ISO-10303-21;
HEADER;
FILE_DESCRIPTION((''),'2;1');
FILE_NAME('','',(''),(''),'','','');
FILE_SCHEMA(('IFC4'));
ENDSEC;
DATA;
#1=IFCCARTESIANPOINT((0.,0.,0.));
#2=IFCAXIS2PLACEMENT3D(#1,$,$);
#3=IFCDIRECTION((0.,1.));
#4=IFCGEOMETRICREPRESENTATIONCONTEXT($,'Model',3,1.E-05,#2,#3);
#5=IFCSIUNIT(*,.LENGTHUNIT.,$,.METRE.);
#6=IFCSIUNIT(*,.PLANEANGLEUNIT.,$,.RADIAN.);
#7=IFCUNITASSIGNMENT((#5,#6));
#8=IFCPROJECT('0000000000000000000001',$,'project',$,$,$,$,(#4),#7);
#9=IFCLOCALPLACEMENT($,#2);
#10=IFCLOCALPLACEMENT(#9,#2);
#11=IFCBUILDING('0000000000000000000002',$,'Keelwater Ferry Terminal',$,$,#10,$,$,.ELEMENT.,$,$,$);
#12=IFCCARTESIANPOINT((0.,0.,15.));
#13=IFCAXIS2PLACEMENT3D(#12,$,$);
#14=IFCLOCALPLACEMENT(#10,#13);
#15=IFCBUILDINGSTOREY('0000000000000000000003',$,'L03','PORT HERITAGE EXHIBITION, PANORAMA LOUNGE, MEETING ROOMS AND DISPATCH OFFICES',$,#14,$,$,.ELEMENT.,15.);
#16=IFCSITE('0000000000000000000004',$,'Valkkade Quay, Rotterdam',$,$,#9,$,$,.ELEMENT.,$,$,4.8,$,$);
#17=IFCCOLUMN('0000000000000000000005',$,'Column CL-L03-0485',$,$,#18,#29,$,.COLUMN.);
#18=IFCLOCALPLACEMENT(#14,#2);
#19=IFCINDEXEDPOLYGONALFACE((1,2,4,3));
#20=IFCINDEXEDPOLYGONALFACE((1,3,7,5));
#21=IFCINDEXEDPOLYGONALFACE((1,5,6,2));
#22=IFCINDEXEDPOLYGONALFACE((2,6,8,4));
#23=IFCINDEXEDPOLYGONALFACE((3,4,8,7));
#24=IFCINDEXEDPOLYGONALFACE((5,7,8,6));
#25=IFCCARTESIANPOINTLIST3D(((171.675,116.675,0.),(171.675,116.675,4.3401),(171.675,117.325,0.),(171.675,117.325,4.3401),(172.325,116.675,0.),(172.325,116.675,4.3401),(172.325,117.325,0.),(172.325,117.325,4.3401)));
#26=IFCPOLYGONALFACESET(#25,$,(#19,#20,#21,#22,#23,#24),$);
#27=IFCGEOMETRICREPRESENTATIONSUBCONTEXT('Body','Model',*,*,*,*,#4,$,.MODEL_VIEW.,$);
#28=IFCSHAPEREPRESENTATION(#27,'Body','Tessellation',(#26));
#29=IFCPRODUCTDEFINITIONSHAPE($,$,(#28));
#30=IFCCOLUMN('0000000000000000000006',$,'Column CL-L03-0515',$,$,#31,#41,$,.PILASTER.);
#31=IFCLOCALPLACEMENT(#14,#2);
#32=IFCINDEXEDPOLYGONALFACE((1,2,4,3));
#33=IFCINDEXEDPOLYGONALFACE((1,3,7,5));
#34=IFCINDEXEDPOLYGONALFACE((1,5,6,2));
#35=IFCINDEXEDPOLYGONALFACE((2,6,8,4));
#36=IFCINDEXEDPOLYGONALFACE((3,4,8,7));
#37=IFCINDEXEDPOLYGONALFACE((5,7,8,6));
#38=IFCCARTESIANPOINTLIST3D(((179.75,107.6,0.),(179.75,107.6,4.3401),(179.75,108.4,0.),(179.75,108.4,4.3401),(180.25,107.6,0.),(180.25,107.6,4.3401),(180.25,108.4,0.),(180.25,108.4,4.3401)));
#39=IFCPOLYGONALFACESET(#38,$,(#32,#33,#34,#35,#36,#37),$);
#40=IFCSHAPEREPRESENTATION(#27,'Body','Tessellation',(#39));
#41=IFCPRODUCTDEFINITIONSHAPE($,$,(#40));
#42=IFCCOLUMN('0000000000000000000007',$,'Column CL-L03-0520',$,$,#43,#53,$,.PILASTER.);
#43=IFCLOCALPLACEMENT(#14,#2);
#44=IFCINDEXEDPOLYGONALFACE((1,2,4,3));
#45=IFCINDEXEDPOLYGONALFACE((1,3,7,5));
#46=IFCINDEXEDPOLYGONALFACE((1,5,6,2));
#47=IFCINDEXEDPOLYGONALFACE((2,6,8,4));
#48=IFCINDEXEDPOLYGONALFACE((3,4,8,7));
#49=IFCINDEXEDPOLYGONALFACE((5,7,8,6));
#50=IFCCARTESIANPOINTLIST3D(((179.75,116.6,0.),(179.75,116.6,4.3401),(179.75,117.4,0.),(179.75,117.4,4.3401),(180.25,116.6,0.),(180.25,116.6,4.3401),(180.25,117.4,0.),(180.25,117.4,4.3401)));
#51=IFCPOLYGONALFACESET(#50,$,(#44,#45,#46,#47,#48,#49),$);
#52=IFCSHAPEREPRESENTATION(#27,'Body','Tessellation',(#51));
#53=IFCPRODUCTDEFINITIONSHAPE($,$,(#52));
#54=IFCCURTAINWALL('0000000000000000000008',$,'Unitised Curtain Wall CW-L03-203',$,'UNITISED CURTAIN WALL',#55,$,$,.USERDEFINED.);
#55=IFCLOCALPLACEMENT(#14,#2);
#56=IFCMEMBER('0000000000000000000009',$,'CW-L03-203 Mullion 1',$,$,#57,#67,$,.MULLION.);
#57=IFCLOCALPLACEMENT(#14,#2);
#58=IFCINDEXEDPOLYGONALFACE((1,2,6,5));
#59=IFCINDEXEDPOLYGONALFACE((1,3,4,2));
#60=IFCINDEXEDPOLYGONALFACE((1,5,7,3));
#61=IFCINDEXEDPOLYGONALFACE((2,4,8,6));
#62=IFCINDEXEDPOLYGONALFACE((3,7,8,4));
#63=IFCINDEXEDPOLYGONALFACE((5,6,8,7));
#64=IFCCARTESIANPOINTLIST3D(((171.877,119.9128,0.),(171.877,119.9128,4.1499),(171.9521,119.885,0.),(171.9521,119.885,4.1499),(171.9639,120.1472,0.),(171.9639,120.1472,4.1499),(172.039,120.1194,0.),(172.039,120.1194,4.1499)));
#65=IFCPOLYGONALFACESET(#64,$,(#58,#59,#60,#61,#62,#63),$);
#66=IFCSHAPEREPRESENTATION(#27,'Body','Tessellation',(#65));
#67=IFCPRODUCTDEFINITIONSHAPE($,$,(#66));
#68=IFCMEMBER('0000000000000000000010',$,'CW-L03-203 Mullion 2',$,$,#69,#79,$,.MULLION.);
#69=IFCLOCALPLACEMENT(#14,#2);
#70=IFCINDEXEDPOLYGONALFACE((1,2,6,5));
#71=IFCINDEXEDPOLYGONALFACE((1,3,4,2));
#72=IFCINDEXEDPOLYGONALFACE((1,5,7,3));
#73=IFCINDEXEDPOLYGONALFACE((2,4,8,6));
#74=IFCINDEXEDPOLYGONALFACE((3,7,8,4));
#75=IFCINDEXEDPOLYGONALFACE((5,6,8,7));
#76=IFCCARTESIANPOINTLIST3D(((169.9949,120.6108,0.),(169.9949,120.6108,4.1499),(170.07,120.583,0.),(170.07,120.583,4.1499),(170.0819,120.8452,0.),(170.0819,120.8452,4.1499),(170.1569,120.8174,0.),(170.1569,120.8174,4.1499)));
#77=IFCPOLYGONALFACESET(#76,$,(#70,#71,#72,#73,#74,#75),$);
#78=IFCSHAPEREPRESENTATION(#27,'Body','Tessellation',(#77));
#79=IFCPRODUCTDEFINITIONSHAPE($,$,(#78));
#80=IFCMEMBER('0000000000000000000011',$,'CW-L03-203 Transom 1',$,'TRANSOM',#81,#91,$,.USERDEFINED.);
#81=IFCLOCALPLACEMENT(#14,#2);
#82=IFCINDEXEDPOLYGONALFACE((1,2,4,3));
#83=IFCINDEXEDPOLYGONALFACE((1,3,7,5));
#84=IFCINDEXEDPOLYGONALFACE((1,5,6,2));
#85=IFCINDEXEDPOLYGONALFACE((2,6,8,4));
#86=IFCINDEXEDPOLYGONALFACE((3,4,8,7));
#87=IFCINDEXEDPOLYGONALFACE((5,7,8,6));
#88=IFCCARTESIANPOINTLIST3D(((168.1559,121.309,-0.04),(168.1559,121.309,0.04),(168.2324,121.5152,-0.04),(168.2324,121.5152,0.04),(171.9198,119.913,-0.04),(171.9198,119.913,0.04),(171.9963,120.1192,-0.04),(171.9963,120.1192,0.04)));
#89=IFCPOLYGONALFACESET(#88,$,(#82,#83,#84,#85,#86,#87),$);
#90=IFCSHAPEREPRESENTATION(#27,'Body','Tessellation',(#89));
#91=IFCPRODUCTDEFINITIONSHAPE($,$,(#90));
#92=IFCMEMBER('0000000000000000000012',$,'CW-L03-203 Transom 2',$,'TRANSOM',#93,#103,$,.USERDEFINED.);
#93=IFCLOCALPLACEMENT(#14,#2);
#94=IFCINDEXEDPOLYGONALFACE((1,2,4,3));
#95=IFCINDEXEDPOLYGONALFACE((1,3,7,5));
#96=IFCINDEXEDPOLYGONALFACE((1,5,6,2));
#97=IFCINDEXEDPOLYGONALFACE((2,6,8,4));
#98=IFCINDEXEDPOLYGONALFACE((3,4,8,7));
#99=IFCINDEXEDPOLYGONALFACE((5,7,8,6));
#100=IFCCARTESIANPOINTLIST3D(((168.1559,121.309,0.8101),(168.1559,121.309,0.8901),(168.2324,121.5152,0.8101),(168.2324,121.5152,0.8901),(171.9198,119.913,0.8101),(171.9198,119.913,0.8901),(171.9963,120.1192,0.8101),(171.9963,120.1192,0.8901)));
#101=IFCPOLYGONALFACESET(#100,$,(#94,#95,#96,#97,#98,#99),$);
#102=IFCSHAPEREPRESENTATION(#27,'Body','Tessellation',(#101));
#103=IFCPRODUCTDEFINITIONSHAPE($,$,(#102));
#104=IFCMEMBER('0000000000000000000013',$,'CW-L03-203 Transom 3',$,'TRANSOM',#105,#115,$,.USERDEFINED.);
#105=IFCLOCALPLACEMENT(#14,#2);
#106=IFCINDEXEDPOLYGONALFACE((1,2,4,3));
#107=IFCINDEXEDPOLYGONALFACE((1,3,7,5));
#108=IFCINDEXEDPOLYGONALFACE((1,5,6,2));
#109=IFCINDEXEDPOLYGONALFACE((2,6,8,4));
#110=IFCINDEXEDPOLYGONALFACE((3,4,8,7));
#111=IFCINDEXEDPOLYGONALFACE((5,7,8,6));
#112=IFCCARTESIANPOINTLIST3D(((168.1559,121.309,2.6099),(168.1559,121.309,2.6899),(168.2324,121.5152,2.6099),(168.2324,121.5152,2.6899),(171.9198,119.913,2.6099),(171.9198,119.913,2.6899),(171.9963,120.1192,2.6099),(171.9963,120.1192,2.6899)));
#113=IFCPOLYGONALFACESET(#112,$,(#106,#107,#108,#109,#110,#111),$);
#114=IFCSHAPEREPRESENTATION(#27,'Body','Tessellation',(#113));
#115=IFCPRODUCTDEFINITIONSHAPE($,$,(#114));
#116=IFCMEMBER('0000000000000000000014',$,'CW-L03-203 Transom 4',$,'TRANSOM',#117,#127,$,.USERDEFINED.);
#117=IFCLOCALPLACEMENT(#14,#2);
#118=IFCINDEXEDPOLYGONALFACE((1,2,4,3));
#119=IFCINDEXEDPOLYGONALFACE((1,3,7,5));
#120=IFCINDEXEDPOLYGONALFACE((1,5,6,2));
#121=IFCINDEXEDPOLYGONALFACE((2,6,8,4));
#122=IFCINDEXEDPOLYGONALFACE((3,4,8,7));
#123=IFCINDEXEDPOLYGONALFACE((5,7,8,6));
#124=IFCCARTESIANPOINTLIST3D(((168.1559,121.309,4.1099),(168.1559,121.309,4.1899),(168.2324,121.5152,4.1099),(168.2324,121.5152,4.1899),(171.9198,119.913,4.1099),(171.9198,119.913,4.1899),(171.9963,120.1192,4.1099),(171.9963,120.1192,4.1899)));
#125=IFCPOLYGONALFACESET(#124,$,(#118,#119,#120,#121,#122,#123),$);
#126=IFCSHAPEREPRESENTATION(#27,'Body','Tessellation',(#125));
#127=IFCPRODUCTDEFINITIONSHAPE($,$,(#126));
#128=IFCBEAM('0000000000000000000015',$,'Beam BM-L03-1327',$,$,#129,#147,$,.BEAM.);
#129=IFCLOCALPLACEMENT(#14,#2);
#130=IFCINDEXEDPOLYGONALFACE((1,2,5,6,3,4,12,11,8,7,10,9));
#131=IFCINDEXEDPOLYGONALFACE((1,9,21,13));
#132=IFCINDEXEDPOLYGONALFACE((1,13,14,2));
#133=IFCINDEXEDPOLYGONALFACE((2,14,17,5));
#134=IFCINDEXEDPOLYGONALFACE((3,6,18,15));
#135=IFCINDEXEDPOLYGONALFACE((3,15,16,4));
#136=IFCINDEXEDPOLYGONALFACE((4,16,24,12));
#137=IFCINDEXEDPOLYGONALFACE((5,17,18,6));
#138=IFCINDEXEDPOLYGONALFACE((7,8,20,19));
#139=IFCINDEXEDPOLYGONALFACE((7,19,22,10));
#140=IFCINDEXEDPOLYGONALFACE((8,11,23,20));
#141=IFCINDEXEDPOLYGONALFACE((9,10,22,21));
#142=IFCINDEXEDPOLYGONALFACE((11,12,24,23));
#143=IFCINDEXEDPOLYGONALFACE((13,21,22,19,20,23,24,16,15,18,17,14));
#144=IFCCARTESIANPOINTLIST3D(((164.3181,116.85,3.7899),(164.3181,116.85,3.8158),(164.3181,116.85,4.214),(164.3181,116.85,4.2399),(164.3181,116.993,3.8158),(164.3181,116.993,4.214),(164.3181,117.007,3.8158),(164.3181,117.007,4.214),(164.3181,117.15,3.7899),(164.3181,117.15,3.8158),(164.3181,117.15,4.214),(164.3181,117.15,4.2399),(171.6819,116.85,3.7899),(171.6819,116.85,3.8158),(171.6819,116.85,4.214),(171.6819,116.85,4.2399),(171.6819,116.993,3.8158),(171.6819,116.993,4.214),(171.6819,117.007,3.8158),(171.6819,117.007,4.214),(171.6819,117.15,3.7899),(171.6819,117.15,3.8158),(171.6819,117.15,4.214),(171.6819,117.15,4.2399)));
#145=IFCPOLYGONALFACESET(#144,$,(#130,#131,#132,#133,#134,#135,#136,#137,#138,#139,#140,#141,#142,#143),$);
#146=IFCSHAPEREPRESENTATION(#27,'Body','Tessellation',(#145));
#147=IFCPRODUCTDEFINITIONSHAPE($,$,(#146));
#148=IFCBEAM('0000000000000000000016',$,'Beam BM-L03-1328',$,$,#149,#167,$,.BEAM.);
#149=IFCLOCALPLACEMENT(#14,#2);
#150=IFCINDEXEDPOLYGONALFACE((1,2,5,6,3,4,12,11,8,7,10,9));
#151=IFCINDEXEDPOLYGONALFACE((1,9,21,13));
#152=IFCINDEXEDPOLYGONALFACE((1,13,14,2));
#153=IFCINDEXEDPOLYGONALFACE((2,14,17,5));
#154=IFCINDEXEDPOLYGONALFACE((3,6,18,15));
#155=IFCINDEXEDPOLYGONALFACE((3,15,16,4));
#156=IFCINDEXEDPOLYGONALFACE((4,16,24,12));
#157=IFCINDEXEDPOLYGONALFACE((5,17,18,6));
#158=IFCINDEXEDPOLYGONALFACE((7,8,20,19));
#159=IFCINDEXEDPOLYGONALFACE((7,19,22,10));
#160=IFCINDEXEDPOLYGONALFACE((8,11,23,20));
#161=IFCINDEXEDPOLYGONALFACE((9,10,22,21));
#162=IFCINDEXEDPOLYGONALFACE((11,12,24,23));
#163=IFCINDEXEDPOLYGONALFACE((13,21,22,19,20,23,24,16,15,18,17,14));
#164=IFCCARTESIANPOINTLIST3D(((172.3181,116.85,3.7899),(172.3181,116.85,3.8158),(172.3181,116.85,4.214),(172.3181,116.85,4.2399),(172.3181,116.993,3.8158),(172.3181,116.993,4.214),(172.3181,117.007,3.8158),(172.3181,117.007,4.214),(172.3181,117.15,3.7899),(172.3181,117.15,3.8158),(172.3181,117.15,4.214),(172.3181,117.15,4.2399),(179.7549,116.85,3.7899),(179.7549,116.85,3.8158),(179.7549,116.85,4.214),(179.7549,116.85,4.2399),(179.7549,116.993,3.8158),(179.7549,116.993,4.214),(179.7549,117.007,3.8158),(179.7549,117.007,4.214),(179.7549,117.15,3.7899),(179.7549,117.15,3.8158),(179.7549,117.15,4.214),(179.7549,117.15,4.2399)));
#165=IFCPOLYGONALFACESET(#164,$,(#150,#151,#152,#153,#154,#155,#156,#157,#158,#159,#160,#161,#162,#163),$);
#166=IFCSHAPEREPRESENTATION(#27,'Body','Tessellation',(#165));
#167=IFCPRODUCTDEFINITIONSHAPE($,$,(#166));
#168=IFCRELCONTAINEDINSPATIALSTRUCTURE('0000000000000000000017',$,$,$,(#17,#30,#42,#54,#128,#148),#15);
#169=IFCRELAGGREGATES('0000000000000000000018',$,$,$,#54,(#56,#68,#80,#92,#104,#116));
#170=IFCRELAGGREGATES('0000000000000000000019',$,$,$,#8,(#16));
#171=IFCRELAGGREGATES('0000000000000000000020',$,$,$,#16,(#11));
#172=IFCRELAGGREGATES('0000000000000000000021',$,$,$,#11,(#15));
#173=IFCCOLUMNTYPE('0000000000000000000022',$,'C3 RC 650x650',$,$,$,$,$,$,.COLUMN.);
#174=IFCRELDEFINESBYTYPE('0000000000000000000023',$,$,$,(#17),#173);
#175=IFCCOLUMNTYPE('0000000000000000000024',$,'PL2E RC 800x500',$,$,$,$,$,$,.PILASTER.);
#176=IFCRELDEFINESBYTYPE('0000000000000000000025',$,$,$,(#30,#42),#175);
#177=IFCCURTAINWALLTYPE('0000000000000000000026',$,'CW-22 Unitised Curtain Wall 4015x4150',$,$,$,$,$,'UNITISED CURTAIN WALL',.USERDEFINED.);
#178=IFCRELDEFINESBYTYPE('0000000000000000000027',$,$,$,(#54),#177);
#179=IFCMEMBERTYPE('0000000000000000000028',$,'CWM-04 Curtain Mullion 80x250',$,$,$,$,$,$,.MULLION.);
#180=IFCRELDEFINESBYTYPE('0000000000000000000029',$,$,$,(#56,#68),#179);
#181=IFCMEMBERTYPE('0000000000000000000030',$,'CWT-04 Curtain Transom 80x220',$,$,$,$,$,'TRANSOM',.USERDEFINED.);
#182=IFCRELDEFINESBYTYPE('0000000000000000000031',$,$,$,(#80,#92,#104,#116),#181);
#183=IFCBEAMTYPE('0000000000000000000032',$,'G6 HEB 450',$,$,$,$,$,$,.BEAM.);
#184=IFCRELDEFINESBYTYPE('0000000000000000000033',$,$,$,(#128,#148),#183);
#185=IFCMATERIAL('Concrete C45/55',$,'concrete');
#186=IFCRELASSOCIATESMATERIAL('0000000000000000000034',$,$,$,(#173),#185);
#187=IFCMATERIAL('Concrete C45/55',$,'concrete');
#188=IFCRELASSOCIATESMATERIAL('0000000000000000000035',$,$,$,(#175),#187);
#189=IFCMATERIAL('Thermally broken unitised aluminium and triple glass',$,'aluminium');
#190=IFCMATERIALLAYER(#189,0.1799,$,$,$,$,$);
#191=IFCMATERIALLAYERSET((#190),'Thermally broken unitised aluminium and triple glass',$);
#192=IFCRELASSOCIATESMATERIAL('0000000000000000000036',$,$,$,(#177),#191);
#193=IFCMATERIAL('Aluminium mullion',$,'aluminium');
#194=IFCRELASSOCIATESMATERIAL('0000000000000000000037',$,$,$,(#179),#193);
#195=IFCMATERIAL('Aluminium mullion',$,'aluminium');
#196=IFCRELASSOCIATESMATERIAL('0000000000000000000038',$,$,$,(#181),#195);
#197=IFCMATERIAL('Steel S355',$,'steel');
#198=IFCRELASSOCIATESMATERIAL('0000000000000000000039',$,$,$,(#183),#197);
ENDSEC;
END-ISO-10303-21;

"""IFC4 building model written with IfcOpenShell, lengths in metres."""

from ifc_helpers import new_model, si_unit, direction, frame, origin, origin_2d, place, context, subcontext, project, spatial, rectangle, i_section, extrude, material, layer, layer_set, material_profile, profile_set, type_object, element, aggregate, save


model = new_model("IFC4")

# Units and contexts
model_context = context("Model", 3, precision=1e-05, world=origin(), true_north=direction((0.0, 1.0)))
body_context = subcontext(model_context, "Body", "Model", "MODEL_VIEW")
ifc_project = project(units=[si_unit("LENGTHUNIT", "METRE"), si_unit("PLANEANGLEUNIT", "RADIAN")], contexts=[model_context])

# Site, building, storey
site_placement = place(None, origin())
site = spatial("IfcSite", under=ifc_project, at=site_placement, Name="Valkkade Quay, Rotterdam", CompositionType="ELEMENT", RefElevation=4.8)
building_placement = place(site_placement, origin())
building = spatial("IfcBuilding", under=site, at=building_placement, Name="Keelwater Ferry Terminal", CompositionType="ELEMENT")
storey_placement = place(building_placement, frame((0.0, 0.0, 15.0)))
storey = spatial("IfcBuildingStorey", under=building, at=storey_placement, Name="L03", Description="PORT HERITAGE EXHIBITION, PANORAMA LOUNGE, MEETING ROOMS AND DISPATCH OFFICES", CompositionType="ELEMENT", Elevation=15.0)

# Columns
ifc_material_1 = material(Name="Concrete C45/55", Category="concrete")
ifc_material_profile_1 = material_profile(ifc_material_1, rectangle(XDim=0.6499, YDim=0.6499, at=origin_2d()), Name="RC 650x650")
ifc_profile_set_1 = profile_set([ifc_material_profile_1], Name="Concrete C45/55")
column_type_1 = type_object("IfcColumnType", Name="C3 RC 650x650", PredefinedType="COLUMN", material=ifc_profile_set_1)
column_placement = place(storey_placement, frame((172.0, 117.0, 0.0), z_axis=(0.0, 0.0, 1.0), x_axis=(1.0, 0.0, 0.0)))
element("IfcColumn", 1, at=column_placement, inside=storey, type_object=column_type_1, Name="Column CL-L03-0485", PredefinedType="COLUMN", context=body_context, shape_type="SweptSolid", body=[
    extrude(rectangle(XDim=0.6499, YDim=0.6499, at=origin_2d()), origin(), (0.0, 0.0, 1.0), 4.3401),
])
ifc_material_2 = material(Name="Concrete C45/55", Category="concrete")
ifc_material_profile_2 = material_profile(ifc_material_2, rectangle(XDim=0.5, YDim=0.8, at=origin_2d()), Name="RC 800x500")
ifc_profile_set_2 = profile_set([ifc_material_profile_2], Name="Concrete C45/55")
column_type_2 = type_object("IfcColumnType", Name="PL2E RC 800x500", PredefinedType="PILASTER", material=ifc_profile_set_2)
for number, where, z_axis, x_axis, name in (
    (2, (180.0, 108.0, 0.0), (0.0, 0.0, 1.0), (1.0, 0.0, 0.0), "Column CL-L03-0515"),
    (3, (180.0, 117.0, 0.0), (0.0, 0.0, 1.0), (1.0, 0.0, 0.0), "Column CL-L03-0520"),
):
    element("IfcColumn", number, at=place(storey_placement, frame(where, z_axis=z_axis, x_axis=x_axis)), inside=storey, type_object=column_type_2, Name=name, PredefinedType="PILASTER", context=body_context, shape_type="SweptSolid", body=[
        extrude(rectangle(XDim=0.5, YDim=0.8, at=origin_2d()), origin(), (0.0, 0.0, 1.0), 4.3401),
    ])

# Curtain wall, members
ifc_material_3 = material(Name="Thermally broken unitised aluminium and triple glass", Category="aluminium")
ifc_layer_1 = layer(ifc_material_3, 0.1799)
ifc_layer_set_1 = layer_set([ifc_layer_1], Name="Thermally broken unitised aluminium and triple glass")
curtain_wall_type = type_object("IfcCurtainWallType", Name="CW-22 Unitised Curtain Wall 4015x4150", ElementType="UNITISED CURTAIN WALL", PredefinedType="USERDEFINED", material=ifc_layer_set_1)
curtain_wall_placement = place(storey_placement, origin())
curtain_wall = element("IfcCurtainWall", 4, at=curtain_wall_placement, inside=storey, type_object=curtain_wall_type, Name="Unitised Curtain Wall CW-L03-203", ObjectType="UNITISED CURTAIN WALL", PredefinedType="USERDEFINED")
ifc_material_4 = material(Name="Aluminium mullion", Category="aluminium")
ifc_material_profile_3 = material_profile(ifc_material_4, rectangle(XDim=0.0801, YDim=0.25, at=origin_2d()), Name="CWM-04")
ifc_profile_set_3 = profile_set([ifc_material_profile_3], Name="Aluminium mullion")
member_type_1 = type_object("IfcMemberType", Name="CWM-04 Curtain Mullion 80x250", PredefinedType="MULLION", material=ifc_profile_set_3)
member_1_placement = place(storey_placement, frame((171.958, 120.0161, 0.0), z_axis=(0.0, 0.0, 1.0), x_axis=(-0.937592, 0.347736, 0.0)))
member_1 = element("IfcMember", 5, at=member_1_placement, type_object=member_type_1, Name="CW-L03-203 Mullion 1", PredefinedType="MULLION", context=body_context, shape_type="SweptSolid", body=[
    extrude(rectangle(XDim=0.0801, YDim=0.25, at=origin_2d()), origin(), (0.0, 0.0, 1.0), 4.1499),
])
member_2_placement = place(storey_placement, frame((170.0759, 120.7141, 0.0), z_axis=(0.0, 0.0, 1.0), x_axis=(-0.937592, 0.347736, 0.0)))
member_2 = element("IfcMember", 6, at=member_2_placement, type_object=member_type_1, Name="CW-L03-203 Mullion 2", PredefinedType="MULLION", context=body_context, shape_type="SweptSolid", body=[
    extrude(rectangle(XDim=0.0801, YDim=0.25, at=origin_2d()), origin(), (0.0, 0.0, 1.0), 4.1499),
])
ifc_material_5 = material(Name="Aluminium mullion", Category="aluminium")
ifc_material_profile_4 = material_profile(ifc_material_5, rectangle(XDim=0.22, YDim=0.0801, at=origin_2d()), Name="CWT-04")
ifc_profile_set_4 = profile_set([ifc_material_profile_4], Name="Aluminium mullion")
member_type_2 = type_object("IfcMemberType", Name="CWT-04 Curtain Transom 80x220", ElementType="TRANSOM", PredefinedType="USERDEFINED", material=ifc_profile_set_4)
member_3_placement = place(storey_placement, frame((171.958, 120.0161, 0.0), z_axis=(-0.93759, 0.347742, 0.0), x_axis=(-0.347742, -0.93759, 0.0)))
member_3 = element("IfcMember", 7, at=member_3_placement, type_object=member_type_2, Name="CW-L03-203 Transom 1", ObjectType="TRANSOM", PredefinedType="USERDEFINED", context=body_context, shape_type="SweptSolid", body=[
    extrude(rectangle(XDim=0.22, YDim=0.0801, at=origin_2d()), origin(), (0.0, 0.0, 1.0), 4.0144),
])
member_4_placement = place(storey_placement, frame((171.958, 120.0161, 0.8501), z_axis=(-0.93759, 0.347742, 0.0), x_axis=(-0.347742, -0.93759, 0.0)))
member_4 = element("IfcMember", 8, at=member_4_placement, type_object=member_type_2, Name="CW-L03-203 Transom 2", ObjectType="TRANSOM", PredefinedType="USERDEFINED", context=body_context, shape_type="SweptSolid", body=[
    extrude(rectangle(XDim=0.22, YDim=0.0801, at=origin_2d()), origin(), (0.0, 0.0, 1.0), 4.0144),
])
member_5_placement = place(storey_placement, frame((171.958, 120.0161, 2.6499), z_axis=(-0.93759, 0.347742, 0.0), x_axis=(-0.347742, -0.93759, 0.0)))
member_5 = element("IfcMember", 9, at=member_5_placement, type_object=member_type_2, Name="CW-L03-203 Transom 3", ObjectType="TRANSOM", PredefinedType="USERDEFINED", context=body_context, shape_type="SweptSolid", body=[
    extrude(rectangle(XDim=0.22, YDim=0.0801, at=origin_2d()), origin(), (0.0, 0.0, 1.0), 4.0144),
])
member_6_placement = place(storey_placement, frame((171.958, 120.0161, 4.1499), z_axis=(-0.93759, 0.347742, 0.0), x_axis=(-0.347742, -0.93759, 0.0)))
member_6 = element("IfcMember", 10, at=member_6_placement, type_object=member_type_2, Name="CW-L03-203 Transom 4", ObjectType="TRANSOM", PredefinedType="USERDEFINED", context=body_context, shape_type="SweptSolid", body=[
    extrude(rectangle(XDim=0.22, YDim=0.0801, at=origin_2d()), origin(), (0.0, 0.0, 1.0), 4.0144),
])

# Beams
ifc_material_6 = material(Name="Steel S355", Category="steel")
ifc_material_profile_5 = material_profile(ifc_material_6, i_section(OverallWidth=0.3, OverallDepth=0.45, WebThickness=0.0139, FlangeThickness=0.0259, at=origin_2d()), Name="HEB 450")
ifc_profile_set_5 = profile_set([ifc_material_profile_5], Name="Steel S355")
beam_type_1 = type_object("IfcBeamType", Name="G6 HEB 450", PredefinedType="BEAM", material=ifc_profile_set_5)
beam_1_placement = place(storey_placement, frame((164.3181, 117.0, 4.0149), z_axis=(1.0, 0.0, 0.0), x_axis=(0.0, 1.0, 0.0)))
element("IfcBeam", 11, at=beam_1_placement, inside=storey, type_object=beam_type_1, Name="Beam BM-L03-1327", PredefinedType="BEAM", context=body_context, shape_type="SweptSolid", body=[
    extrude(i_section(OverallWidth=0.3, OverallDepth=0.45, WebThickness=0.0139, FlangeThickness=0.0259, at=origin_2d()), origin(), (0.0, 0.0, 1.0), 7.3638),
])
beam_2_placement = place(storey_placement, frame((172.3181, 117.0, 4.0149), z_axis=(1.0, 0.0, 0.0), x_axis=(0.0, 1.0, 0.0)))
element("IfcBeam", 12, at=beam_2_placement, inside=storey, type_object=beam_type_1, Name="Beam BM-L03-1328", PredefinedType="BEAM", context=body_context, shape_type="SweptSolid", body=[
    extrude(i_section(OverallWidth=0.3, OverallDepth=0.45, WebThickness=0.0139, FlangeThickness=0.0259, at=origin_2d()), origin(), (0.0, 0.0, 1.0), 7.4368),
])

aggregate(curtain_wall, [member_1, member_2, member_3, member_4, member_5, member_6])

save(model, "model.ifc")
